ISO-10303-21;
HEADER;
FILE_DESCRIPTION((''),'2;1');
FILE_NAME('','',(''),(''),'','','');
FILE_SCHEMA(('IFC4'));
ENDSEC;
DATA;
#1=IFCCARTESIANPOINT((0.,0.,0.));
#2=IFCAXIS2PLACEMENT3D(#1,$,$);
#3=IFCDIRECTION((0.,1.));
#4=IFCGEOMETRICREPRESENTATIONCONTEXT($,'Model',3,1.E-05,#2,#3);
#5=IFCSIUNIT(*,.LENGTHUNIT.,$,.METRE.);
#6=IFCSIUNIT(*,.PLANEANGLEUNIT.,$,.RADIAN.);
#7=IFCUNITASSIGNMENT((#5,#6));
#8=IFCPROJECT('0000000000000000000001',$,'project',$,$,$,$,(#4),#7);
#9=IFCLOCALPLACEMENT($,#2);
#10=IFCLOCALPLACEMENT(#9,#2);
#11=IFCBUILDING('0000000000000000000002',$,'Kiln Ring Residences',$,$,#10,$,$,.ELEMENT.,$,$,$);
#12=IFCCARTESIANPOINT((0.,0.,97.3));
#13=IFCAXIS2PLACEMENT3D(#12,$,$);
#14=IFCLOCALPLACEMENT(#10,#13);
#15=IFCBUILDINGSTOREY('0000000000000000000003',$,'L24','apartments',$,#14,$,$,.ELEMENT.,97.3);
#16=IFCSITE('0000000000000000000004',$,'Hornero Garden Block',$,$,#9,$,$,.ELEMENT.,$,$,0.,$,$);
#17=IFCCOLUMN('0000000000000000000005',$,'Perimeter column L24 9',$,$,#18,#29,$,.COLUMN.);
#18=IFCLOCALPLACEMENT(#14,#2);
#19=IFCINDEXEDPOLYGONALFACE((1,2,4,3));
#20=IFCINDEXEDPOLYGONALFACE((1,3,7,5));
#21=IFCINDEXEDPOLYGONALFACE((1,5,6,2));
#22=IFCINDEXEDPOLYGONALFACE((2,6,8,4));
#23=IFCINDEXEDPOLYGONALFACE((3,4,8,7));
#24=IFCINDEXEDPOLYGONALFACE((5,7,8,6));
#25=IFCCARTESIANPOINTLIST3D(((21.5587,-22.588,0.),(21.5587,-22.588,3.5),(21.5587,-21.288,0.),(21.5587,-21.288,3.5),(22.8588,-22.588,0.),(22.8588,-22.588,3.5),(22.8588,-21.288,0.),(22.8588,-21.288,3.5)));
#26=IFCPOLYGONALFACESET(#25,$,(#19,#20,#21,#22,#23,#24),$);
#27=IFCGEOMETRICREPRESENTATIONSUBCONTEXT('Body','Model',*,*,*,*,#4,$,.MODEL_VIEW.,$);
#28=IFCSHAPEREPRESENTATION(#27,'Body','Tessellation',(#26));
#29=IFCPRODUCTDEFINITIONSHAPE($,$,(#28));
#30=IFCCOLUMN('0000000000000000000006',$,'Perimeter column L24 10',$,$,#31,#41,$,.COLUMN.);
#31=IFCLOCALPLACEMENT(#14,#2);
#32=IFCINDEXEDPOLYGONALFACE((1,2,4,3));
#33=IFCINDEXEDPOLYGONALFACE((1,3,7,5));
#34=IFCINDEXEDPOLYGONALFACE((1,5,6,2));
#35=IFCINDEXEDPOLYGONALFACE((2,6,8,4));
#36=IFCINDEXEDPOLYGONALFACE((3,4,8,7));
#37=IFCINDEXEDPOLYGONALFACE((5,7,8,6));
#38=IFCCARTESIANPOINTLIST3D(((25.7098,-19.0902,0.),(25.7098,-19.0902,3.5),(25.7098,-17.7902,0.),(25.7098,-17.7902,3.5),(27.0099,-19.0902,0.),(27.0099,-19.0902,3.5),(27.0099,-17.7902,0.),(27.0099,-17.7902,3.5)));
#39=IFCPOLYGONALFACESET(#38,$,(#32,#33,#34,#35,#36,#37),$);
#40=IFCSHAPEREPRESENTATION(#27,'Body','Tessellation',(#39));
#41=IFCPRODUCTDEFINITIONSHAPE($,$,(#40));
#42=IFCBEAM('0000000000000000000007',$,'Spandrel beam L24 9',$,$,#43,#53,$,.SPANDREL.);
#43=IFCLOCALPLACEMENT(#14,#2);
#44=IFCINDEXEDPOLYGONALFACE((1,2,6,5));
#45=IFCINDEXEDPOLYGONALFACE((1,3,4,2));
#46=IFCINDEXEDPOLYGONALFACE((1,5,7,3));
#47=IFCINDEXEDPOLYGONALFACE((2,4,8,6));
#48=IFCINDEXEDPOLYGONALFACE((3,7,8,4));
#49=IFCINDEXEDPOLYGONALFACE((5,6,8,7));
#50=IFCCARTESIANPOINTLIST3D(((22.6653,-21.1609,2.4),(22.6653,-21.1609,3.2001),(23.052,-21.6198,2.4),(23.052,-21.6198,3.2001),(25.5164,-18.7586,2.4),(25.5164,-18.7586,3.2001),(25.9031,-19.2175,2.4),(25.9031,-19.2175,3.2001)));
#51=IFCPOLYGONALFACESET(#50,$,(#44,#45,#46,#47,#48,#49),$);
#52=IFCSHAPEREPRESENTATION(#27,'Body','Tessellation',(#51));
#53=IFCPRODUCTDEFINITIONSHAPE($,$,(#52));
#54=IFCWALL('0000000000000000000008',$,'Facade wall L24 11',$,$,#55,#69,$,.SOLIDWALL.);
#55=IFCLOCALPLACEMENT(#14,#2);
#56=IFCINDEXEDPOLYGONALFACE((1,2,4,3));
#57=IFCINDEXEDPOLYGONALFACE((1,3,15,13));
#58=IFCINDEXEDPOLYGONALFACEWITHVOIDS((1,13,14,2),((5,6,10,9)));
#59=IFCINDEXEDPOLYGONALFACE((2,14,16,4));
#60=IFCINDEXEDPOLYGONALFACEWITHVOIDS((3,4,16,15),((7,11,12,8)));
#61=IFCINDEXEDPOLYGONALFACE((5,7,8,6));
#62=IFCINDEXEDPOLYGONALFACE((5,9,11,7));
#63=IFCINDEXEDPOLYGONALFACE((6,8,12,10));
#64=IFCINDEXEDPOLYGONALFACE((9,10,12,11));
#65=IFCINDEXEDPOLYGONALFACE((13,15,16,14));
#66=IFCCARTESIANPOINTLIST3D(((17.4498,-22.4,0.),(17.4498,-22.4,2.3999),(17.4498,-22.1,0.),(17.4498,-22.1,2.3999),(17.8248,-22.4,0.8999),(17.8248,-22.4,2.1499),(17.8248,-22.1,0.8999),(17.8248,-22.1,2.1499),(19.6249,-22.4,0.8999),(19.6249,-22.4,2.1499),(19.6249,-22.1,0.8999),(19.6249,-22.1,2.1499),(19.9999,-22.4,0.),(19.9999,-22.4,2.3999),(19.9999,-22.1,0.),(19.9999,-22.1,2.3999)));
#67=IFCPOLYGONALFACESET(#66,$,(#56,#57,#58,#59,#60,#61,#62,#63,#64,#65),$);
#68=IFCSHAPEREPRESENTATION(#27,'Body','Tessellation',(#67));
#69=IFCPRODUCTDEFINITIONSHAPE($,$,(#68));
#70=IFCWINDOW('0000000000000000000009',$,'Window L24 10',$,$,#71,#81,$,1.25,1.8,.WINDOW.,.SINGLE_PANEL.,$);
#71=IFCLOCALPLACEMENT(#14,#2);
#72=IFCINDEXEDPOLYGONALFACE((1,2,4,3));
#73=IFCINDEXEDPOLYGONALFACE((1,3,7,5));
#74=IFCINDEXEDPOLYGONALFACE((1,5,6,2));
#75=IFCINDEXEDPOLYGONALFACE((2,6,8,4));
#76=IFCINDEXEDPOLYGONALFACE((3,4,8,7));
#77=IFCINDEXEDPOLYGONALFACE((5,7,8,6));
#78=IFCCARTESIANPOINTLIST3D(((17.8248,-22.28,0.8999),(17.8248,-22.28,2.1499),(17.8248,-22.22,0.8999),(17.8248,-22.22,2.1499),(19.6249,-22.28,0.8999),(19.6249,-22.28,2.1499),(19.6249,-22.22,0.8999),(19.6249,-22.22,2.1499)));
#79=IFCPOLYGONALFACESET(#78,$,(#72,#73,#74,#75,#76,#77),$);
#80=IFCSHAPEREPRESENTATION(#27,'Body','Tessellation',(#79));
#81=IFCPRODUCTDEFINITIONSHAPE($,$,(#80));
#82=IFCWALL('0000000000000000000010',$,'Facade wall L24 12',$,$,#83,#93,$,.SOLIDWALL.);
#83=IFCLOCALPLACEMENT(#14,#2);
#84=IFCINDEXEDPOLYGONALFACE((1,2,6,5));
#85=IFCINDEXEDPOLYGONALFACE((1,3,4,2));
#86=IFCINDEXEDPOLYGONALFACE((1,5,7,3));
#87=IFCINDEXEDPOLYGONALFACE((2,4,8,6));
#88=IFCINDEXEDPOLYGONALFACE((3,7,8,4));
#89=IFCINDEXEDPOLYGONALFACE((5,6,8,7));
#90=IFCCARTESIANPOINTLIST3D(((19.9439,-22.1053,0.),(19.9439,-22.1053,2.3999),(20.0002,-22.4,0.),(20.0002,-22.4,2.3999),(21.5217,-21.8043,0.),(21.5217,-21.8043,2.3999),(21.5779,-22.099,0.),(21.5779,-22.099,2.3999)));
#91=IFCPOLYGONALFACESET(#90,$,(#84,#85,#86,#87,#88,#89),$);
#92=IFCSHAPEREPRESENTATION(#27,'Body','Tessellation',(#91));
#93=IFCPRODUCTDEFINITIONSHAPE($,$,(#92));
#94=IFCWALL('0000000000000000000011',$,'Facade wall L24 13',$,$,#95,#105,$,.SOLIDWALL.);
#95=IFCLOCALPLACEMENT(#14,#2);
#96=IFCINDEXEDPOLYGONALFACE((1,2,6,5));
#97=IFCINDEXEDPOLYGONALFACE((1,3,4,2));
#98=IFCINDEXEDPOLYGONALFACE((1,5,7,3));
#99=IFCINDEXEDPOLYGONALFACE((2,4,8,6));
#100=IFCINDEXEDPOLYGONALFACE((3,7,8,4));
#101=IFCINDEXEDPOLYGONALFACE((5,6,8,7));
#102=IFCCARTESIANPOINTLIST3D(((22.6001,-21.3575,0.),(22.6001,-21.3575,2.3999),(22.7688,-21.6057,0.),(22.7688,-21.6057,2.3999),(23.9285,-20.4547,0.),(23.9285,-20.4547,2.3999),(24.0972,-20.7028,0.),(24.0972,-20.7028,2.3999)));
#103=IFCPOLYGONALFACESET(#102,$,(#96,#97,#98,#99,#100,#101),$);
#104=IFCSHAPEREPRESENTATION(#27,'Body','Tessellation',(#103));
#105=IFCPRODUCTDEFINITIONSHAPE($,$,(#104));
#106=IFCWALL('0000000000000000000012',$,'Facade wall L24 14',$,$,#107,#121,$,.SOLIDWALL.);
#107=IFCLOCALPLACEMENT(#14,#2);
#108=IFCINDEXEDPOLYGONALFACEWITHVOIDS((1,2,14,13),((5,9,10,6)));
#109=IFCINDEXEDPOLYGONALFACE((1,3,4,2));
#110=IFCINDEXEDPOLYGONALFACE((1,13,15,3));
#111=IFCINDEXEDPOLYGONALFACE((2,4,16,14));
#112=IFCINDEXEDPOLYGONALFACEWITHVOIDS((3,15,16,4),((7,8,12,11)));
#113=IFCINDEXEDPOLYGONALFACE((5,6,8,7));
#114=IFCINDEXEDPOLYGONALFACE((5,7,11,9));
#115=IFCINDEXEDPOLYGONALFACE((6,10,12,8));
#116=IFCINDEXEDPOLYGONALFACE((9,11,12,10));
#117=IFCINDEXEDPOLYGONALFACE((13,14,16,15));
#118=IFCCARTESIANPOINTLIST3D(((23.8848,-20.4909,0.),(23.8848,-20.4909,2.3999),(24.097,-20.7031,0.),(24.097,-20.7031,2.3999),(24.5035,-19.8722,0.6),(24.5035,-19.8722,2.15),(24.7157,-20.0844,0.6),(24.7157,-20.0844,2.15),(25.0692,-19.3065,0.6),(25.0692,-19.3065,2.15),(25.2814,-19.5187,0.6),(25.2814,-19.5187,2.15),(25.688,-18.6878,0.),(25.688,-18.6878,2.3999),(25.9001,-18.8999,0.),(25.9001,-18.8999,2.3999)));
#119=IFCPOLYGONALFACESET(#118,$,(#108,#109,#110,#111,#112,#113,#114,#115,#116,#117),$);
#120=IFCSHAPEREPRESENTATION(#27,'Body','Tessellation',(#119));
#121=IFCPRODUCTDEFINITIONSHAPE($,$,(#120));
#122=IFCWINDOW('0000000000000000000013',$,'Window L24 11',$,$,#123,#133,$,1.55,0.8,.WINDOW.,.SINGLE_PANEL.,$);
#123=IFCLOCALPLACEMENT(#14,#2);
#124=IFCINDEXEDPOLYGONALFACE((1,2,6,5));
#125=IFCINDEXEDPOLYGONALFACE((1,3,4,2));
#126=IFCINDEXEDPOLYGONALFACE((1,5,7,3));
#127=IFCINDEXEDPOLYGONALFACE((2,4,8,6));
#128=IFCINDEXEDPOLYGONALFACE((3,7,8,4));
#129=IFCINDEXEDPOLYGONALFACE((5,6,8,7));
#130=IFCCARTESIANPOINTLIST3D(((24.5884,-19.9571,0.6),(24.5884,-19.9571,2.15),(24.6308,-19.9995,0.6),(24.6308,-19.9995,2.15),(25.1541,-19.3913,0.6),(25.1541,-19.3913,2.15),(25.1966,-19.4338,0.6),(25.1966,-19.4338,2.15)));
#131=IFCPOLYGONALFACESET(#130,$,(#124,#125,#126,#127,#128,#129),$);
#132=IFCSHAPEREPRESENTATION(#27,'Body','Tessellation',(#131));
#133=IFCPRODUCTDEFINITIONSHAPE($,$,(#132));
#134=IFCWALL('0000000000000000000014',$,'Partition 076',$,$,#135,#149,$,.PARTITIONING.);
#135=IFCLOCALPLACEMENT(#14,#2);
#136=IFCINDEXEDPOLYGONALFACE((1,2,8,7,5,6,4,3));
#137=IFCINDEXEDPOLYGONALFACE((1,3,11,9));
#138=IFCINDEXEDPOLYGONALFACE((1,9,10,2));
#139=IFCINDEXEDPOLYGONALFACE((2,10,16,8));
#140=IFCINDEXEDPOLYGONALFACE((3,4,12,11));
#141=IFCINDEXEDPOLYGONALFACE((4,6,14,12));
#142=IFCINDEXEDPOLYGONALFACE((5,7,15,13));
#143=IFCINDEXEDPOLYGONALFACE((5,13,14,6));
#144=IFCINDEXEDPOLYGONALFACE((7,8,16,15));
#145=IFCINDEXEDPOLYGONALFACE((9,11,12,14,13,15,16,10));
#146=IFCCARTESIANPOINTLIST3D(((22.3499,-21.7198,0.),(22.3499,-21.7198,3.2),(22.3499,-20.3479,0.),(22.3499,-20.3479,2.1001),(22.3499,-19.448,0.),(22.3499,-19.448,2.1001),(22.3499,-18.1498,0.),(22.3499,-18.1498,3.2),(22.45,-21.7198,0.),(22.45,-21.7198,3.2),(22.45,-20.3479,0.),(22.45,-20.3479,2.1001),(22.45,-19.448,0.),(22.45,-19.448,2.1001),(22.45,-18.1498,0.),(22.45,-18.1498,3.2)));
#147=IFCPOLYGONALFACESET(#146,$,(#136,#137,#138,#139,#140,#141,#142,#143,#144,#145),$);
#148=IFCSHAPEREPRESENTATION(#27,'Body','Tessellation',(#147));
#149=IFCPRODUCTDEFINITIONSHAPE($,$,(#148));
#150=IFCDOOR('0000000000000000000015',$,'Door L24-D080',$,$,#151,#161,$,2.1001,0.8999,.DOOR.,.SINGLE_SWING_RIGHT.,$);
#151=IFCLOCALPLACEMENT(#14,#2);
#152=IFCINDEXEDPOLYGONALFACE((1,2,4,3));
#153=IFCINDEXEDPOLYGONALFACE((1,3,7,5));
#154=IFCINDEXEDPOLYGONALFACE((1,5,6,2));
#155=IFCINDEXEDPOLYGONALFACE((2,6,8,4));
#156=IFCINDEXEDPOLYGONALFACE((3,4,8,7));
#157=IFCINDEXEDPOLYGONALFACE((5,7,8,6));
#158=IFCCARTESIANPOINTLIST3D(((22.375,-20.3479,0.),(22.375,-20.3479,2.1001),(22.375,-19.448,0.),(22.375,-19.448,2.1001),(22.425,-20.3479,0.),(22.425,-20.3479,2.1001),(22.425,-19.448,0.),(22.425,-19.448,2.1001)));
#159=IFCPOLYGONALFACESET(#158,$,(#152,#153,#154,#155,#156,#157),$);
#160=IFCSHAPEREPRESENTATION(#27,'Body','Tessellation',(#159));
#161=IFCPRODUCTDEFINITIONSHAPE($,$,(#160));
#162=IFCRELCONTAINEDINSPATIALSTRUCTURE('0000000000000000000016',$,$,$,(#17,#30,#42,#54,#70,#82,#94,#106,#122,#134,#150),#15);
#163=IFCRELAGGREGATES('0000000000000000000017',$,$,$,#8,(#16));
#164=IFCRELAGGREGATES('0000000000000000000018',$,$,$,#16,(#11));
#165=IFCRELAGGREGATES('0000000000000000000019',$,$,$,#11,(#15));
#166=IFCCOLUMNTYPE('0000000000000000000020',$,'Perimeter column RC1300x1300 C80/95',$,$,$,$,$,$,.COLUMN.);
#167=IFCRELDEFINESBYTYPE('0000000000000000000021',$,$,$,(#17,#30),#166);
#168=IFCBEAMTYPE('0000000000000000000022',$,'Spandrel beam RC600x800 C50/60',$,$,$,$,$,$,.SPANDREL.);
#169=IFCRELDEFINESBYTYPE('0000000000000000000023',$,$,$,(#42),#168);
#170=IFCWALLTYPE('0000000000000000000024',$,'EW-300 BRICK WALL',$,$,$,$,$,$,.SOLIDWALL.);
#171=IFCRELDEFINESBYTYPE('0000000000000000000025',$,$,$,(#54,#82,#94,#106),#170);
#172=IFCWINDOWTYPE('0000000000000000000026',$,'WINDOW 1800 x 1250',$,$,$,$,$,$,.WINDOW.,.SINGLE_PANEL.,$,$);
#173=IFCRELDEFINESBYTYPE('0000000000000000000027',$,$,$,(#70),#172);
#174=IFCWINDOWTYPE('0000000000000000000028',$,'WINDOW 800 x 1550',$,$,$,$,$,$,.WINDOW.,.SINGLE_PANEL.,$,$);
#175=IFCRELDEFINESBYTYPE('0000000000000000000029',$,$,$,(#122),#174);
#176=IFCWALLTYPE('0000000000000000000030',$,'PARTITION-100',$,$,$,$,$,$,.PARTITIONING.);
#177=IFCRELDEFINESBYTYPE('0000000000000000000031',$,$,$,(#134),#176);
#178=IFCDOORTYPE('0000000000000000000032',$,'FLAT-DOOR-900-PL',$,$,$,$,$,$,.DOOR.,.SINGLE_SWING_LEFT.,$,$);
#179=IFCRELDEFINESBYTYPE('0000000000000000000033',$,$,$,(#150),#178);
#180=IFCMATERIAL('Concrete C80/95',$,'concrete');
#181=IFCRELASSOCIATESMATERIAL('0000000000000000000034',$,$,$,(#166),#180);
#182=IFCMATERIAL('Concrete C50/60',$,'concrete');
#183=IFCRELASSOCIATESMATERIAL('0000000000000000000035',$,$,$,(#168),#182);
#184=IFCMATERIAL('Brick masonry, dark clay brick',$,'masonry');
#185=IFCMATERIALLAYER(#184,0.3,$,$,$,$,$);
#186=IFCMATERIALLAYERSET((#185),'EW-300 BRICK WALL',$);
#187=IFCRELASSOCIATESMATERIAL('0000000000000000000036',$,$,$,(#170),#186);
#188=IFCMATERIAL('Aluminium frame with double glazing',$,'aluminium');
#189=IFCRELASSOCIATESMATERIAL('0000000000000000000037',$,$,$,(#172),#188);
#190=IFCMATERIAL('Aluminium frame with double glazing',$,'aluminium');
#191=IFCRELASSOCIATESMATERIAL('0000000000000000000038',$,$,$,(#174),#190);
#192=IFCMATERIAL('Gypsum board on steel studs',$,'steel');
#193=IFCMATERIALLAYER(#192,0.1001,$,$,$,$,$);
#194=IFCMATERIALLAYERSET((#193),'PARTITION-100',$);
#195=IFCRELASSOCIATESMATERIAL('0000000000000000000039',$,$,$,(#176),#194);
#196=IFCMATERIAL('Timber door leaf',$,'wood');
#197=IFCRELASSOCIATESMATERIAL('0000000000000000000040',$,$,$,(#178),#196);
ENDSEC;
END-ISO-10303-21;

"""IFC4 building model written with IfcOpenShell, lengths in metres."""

from ifc_helpers import new_model, si_unit, direction, frame, frame_2d, origin, origin_2d, place, context, subcontext, project, spatial, rectangle, extrude, material, layer, layer_set, material_profile, profile_set, type_object, element, fill, save


model = new_model("IFC4")

# Units and contexts
model_context = context("Model", 3, precision=1e-05, world=origin(), true_north=direction((0.0, 1.0)))
body_context = subcontext(model_context, "Body", "Model", "MODEL_VIEW")
ifc_project = project(units=[si_unit("LENGTHUNIT", "METRE"), si_unit("PLANEANGLEUNIT", "RADIAN")], contexts=[model_context])

# Site, building, storey
site_placement = place(None, origin())
site = spatial("IfcSite", under=ifc_project, at=site_placement, Name="Hornero Garden Block", CompositionType="ELEMENT", RefElevation=0.0)
building_placement = place(site_placement, origin())
building = spatial("IfcBuilding", under=site, at=building_placement, Name="Kiln Ring Residences", CompositionType="ELEMENT")
storey_placement = place(building_placement, frame((0.0, 0.0, 97.3)))
storey = spatial("IfcBuildingStorey", under=building, at=storey_placement, Name="L24", Description="apartments", CompositionType="ELEMENT", Elevation=97.3)

# Columns
ifc_material_1 = material(Name="Concrete C80/95", Category="concrete")
ifc_material_profile_1 = material_profile(ifc_material_1, rectangle(XDim=1.3, YDim=1.3, at=origin_2d()), Name="RC1300x1300")
ifc_profile_set_1 = profile_set([ifc_material_profile_1], Name="Concrete C80/95")
column_type = type_object("IfcColumnType", Name="Perimeter column RC1300x1300 C80/95", PredefinedType="COLUMN", material=ifc_profile_set_1)
for number, where, z_axis, x_axis, name in (
    (1, (22.2087, -21.938, 0.0), (0.0, 0.0, 1.0), (1.0, 0.0, 0.0), "Perimeter column L24 9"),
    (2, (26.3599, -18.4402, 0.0), (0.0, 0.0, 1.0), (1.0, 0.0, 0.0), "Perimeter column L24 10"),
):
    element("IfcColumn", number, at=place(storey_placement, frame(where, z_axis=z_axis, x_axis=x_axis)), inside=storey, type_object=column_type, Name=name, PredefinedType="COLUMN", context=body_context, shape_type="SweptSolid", body=[
        extrude(rectangle(XDim=1.3, YDim=1.3, at=origin_2d()), origin(), (0.0, 0.0, 1.0), 3.5),
    ])

# Beam
ifc_material_2 = material(Name="Concrete C50/60", Category="concrete")
ifc_material_profile_2 = material_profile(ifc_material_2, rectangle(XDim=0.6001, YDim=0.8, at=origin_2d()), Name="RC600x800")
ifc_profile_set_2 = profile_set([ifc_material_profile_2], Name="Concrete C50/60")
beam_type = type_object("IfcBeamType", Name="Spandrel beam RC600x800 C50/60", PredefinedType="SPANDREL", material=ifc_profile_set_2)
beam_placement = place(storey_placement, frame((22.8586, -21.3904, 2.8), z_axis=(0.764721, 0.644362, 0.0), x_axis=(-0.644362, 0.764721, 0.0)))
element("IfcBeam", 3, at=beam_placement, inside=storey, type_object=beam_type, Name="Spandrel beam L24 9", PredefinedType="SPANDREL", context=body_context, shape_type="SweptSolid", body=[
    extrude(rectangle(XDim=0.6001, YDim=0.8, at=origin_2d()), origin(), (0.0, 0.0, 1.0), 3.7283),
])

# Wall, opening, window
ifc_material_3 = material(Name="Brick masonry, dark clay brick", Category="masonry")
ifc_layer_1 = layer(ifc_material_3, 0.3)
ifc_layer_set_1 = layer_set([ifc_layer_1], Name="EW-300 BRICK WALL")
wall_type_1 = type_object("IfcWallType", Name="EW-300 BRICK WALL", PredefinedType="SOLIDWALL", material=ifc_layer_set_1)
wall_1_placement = place(storey_placement, frame((17.45, -22.25, 0.0), z_axis=(0.0, 0.0, 1.0), x_axis=(1.0, 0.0, 0.0)))
wall_1 = element("IfcWall", 4, at=wall_1_placement, inside=storey, type_object=wall_type_1, Name="Facade wall L24 11", PredefinedType="SOLIDWALL", context=body_context, shape_type="SweptSolid", body=[
    extrude(rectangle(XDim=2.55, YDim=0.3, at=frame_2d((1.2749, 0.0))), origin(), (0.0, 0.0, 1.0), 2.3999),
])
opening_1_placement = place(wall_1_placement, frame((0.375, 0.0, 0.8999)))
opening_1 = element("IfcOpeningElement", 5, at=opening_1_placement, cuts=wall_1, PredefinedType="OPENING", context=body_context, shape_type="SweptSolid", body=[
    extrude(rectangle(XDim=1.8, YDim=1.25, at=frame_2d((0.8999, 0.625))), frame((0.0, 0.1599, 0.0), z_axis=(0.0, -1.0, 0.0), x_axis=(1.0, 0.0, 0.0)), (0.0, 0.0, 1.0), 0.3201),
])
ifc_material_4 = material(Name="Aluminium frame with double glazing", Category="aluminium")
window_type_1 = type_object("IfcWindowType", Name="WINDOW 1800 x 1250", PartitioningType="SINGLE_PANEL", PredefinedType="WINDOW", material=ifc_material_4)
window_1_placement = place(opening_1_placement, origin())
window_1 = element("IfcWindow", 6, at=window_1_placement, inside=storey, type_object=window_type_1, Name="Window L24 10", OverallHeight=1.25, OverallWidth=1.8, PartitioningType="SINGLE_PANEL", PredefinedType="WINDOW", context=body_context, shape_type="SweptSolid", body=[
    extrude(rectangle(XDim=1.8, YDim=1.25, at=frame_2d((0.8999, 0.625))), frame((0.0, 0.03, 0.0), z_axis=(0.0, -1.0, 0.0), x_axis=(1.0, 0.0, 0.0)), (0.0, 0.0, 1.0), 0.0601),
])
fill(opening_1, window_1)

# Walls
for number, where, z_axis, x_axis, name in (
    (7, (19.9719, -22.2527, 0.0), (0.0, 0.0, 1.0), (0.982279, 0.187426, 0.0), "Facade wall L24 12"),
    (8, (22.6843, -21.4817, 0.0), (0.0, 0.0, 1.0), (0.827059, 0.562115, 0.0), "Facade wall L24 13"),
):
    element("IfcWall", number, at=place(storey_placement, frame(where, z_axis=z_axis, x_axis=x_axis)), inside=storey, type_object=wall_type_1, Name=name, PredefinedType="SOLIDWALL", context=body_context, shape_type="SweptSolid", body=[
        extrude(rectangle(XDim=1.6062, YDim=0.3, at=frame_2d((0.8032, 0.0))), origin(), (0.0, 0.0, 1.0), 2.3999),
    ])

# Wall, opening, window
wall_2_placement = place(storey_placement, frame((23.991, -20.5969, 0.0), z_axis=(0.0, 0.0, 1.0), x_axis=(0.707107, 0.707107, 0.0)))
wall_2 = element("IfcWall", 9, at=wall_2_placement, inside=storey, type_object=wall_type_1, Name="Facade wall L24 14", PredefinedType="SOLIDWALL", context=body_context, shape_type="SweptSolid", body=[
    extrude(rectangle(XDim=2.55, YDim=0.3, at=frame_2d((1.2749, 0.0))), origin(), (0.0, 0.0, 1.0), 2.3999),
])
opening_2_placement = place(wall_2_placement, frame((0.875, 0.0, 0.6001)))
opening_2 = element("IfcOpeningElement", 10, at=opening_2_placement, cuts=wall_2, PredefinedType="OPENING", context=body_context, shape_type="SweptSolid", body=[
    extrude(rectangle(XDim=0.8, YDim=1.55, at=frame_2d((0.3999, 0.7749))), frame((0.0, 0.1599, 0.0), z_axis=(0.0, -1.0, 0.0), x_axis=(1.0, 0.0, 0.0)), (0.0, 0.0, 1.0), 0.3201),
])
ifc_material_5 = material(Name="Aluminium frame with double glazing", Category="aluminium")
window_type_2 = type_object("IfcWindowType", Name="WINDOW 800 x 1550", PartitioningType="SINGLE_PANEL", PredefinedType="WINDOW", material=ifc_material_5)
window_2_placement = place(opening_2_placement, origin())
window_2 = element("IfcWindow", 11, at=window_2_placement, inside=storey, type_object=window_type_2, Name="Window L24 11", OverallHeight=1.55, OverallWidth=0.8, PartitioningType="SINGLE_PANEL", PredefinedType="WINDOW", context=body_context, shape_type="SweptSolid", body=[
    extrude(rectangle(XDim=0.8, YDim=1.55, at=frame_2d((0.3999, 0.7749))), frame((0.0, 0.03, 0.0), z_axis=(0.0, -1.0, 0.0), x_axis=(1.0, 0.0, 0.0)), (0.0, 0.0, 1.0), 0.0601),
])
fill(opening_2, window_2)

# Wall, opening, door
ifc_material_6 = material(Name="Gypsum board on steel studs", Category="steel")
ifc_layer_2 = layer(ifc_material_6, 0.1001)
ifc_layer_set_2 = layer_set([ifc_layer_2], Name="PARTITION-100")
wall_type_2 = type_object("IfcWallType", Name="PARTITION-100", PredefinedType="PARTITIONING", material=ifc_layer_set_2)
wall_3_placement = place(storey_placement, frame((22.3999, -21.72, 0.0), z_axis=(0.0, 0.0, 1.0), x_axis=(0.0, 1.0, 0.0)))
wall_3 = element("IfcWall", 12, at=wall_3_placement, inside=storey, type_object=wall_type_2, Name="Partition 076", PredefinedType="PARTITIONING", context=body_context, shape_type="SweptSolid", body=[
    extrude(rectangle(XDim=3.5701, YDim=0.1001, at=frame_2d((1.7852, 0.0))), origin(), (0.0, 0.0, 1.0), 3.2),
])
opening_3_placement = place(wall_3_placement, frame((1.3721, 0.0, 0.0)))
opening_3 = element("IfcOpeningElement", 13, at=opening_3_placement, cuts=wall_3, PredefinedType="OPENING", context=body_context, shape_type="SweptSolid", body=[
    extrude(rectangle(XDim=0.8999, YDim=2.1001, at=frame_2d((0.45, 1.05))), frame((0.0, 0.0601, 0.0), z_axis=(0.0, -1.0, 0.0), x_axis=(1.0, 0.0, 0.0)), (0.0, 0.0, 1.0), 0.1201),
])
ifc_material_7 = material(Name="Timber door leaf", Category="wood")
door_type = type_object("IfcDoorType", Name="FLAT-DOOR-900-PL", OperationType="SINGLE_SWING_LEFT", PredefinedType="DOOR", material=ifc_material_7)
door_placement = place(opening_3_placement, origin())
door = element("IfcDoor", 14, at=door_placement, inside=storey, type_object=door_type, Name="Door L24-D080", OperationType="SINGLE_SWING_RIGHT", OverallHeight=2.1001, OverallWidth=0.8999, PredefinedType="DOOR", context=body_context, shape_type="SweptSolid", body=[
    extrude(rectangle(XDim=0.8999, YDim=2.1001, at=frame_2d((0.45, 1.05))), frame((0.0, 0.0249, 0.0), z_axis=(0.0, -1.0, 0.0), x_axis=(1.0, 0.0, 0.0)), (0.0, 0.0, 1.0), 0.05),
])
fill(opening_3, door)

save(model, "model.ifc")
